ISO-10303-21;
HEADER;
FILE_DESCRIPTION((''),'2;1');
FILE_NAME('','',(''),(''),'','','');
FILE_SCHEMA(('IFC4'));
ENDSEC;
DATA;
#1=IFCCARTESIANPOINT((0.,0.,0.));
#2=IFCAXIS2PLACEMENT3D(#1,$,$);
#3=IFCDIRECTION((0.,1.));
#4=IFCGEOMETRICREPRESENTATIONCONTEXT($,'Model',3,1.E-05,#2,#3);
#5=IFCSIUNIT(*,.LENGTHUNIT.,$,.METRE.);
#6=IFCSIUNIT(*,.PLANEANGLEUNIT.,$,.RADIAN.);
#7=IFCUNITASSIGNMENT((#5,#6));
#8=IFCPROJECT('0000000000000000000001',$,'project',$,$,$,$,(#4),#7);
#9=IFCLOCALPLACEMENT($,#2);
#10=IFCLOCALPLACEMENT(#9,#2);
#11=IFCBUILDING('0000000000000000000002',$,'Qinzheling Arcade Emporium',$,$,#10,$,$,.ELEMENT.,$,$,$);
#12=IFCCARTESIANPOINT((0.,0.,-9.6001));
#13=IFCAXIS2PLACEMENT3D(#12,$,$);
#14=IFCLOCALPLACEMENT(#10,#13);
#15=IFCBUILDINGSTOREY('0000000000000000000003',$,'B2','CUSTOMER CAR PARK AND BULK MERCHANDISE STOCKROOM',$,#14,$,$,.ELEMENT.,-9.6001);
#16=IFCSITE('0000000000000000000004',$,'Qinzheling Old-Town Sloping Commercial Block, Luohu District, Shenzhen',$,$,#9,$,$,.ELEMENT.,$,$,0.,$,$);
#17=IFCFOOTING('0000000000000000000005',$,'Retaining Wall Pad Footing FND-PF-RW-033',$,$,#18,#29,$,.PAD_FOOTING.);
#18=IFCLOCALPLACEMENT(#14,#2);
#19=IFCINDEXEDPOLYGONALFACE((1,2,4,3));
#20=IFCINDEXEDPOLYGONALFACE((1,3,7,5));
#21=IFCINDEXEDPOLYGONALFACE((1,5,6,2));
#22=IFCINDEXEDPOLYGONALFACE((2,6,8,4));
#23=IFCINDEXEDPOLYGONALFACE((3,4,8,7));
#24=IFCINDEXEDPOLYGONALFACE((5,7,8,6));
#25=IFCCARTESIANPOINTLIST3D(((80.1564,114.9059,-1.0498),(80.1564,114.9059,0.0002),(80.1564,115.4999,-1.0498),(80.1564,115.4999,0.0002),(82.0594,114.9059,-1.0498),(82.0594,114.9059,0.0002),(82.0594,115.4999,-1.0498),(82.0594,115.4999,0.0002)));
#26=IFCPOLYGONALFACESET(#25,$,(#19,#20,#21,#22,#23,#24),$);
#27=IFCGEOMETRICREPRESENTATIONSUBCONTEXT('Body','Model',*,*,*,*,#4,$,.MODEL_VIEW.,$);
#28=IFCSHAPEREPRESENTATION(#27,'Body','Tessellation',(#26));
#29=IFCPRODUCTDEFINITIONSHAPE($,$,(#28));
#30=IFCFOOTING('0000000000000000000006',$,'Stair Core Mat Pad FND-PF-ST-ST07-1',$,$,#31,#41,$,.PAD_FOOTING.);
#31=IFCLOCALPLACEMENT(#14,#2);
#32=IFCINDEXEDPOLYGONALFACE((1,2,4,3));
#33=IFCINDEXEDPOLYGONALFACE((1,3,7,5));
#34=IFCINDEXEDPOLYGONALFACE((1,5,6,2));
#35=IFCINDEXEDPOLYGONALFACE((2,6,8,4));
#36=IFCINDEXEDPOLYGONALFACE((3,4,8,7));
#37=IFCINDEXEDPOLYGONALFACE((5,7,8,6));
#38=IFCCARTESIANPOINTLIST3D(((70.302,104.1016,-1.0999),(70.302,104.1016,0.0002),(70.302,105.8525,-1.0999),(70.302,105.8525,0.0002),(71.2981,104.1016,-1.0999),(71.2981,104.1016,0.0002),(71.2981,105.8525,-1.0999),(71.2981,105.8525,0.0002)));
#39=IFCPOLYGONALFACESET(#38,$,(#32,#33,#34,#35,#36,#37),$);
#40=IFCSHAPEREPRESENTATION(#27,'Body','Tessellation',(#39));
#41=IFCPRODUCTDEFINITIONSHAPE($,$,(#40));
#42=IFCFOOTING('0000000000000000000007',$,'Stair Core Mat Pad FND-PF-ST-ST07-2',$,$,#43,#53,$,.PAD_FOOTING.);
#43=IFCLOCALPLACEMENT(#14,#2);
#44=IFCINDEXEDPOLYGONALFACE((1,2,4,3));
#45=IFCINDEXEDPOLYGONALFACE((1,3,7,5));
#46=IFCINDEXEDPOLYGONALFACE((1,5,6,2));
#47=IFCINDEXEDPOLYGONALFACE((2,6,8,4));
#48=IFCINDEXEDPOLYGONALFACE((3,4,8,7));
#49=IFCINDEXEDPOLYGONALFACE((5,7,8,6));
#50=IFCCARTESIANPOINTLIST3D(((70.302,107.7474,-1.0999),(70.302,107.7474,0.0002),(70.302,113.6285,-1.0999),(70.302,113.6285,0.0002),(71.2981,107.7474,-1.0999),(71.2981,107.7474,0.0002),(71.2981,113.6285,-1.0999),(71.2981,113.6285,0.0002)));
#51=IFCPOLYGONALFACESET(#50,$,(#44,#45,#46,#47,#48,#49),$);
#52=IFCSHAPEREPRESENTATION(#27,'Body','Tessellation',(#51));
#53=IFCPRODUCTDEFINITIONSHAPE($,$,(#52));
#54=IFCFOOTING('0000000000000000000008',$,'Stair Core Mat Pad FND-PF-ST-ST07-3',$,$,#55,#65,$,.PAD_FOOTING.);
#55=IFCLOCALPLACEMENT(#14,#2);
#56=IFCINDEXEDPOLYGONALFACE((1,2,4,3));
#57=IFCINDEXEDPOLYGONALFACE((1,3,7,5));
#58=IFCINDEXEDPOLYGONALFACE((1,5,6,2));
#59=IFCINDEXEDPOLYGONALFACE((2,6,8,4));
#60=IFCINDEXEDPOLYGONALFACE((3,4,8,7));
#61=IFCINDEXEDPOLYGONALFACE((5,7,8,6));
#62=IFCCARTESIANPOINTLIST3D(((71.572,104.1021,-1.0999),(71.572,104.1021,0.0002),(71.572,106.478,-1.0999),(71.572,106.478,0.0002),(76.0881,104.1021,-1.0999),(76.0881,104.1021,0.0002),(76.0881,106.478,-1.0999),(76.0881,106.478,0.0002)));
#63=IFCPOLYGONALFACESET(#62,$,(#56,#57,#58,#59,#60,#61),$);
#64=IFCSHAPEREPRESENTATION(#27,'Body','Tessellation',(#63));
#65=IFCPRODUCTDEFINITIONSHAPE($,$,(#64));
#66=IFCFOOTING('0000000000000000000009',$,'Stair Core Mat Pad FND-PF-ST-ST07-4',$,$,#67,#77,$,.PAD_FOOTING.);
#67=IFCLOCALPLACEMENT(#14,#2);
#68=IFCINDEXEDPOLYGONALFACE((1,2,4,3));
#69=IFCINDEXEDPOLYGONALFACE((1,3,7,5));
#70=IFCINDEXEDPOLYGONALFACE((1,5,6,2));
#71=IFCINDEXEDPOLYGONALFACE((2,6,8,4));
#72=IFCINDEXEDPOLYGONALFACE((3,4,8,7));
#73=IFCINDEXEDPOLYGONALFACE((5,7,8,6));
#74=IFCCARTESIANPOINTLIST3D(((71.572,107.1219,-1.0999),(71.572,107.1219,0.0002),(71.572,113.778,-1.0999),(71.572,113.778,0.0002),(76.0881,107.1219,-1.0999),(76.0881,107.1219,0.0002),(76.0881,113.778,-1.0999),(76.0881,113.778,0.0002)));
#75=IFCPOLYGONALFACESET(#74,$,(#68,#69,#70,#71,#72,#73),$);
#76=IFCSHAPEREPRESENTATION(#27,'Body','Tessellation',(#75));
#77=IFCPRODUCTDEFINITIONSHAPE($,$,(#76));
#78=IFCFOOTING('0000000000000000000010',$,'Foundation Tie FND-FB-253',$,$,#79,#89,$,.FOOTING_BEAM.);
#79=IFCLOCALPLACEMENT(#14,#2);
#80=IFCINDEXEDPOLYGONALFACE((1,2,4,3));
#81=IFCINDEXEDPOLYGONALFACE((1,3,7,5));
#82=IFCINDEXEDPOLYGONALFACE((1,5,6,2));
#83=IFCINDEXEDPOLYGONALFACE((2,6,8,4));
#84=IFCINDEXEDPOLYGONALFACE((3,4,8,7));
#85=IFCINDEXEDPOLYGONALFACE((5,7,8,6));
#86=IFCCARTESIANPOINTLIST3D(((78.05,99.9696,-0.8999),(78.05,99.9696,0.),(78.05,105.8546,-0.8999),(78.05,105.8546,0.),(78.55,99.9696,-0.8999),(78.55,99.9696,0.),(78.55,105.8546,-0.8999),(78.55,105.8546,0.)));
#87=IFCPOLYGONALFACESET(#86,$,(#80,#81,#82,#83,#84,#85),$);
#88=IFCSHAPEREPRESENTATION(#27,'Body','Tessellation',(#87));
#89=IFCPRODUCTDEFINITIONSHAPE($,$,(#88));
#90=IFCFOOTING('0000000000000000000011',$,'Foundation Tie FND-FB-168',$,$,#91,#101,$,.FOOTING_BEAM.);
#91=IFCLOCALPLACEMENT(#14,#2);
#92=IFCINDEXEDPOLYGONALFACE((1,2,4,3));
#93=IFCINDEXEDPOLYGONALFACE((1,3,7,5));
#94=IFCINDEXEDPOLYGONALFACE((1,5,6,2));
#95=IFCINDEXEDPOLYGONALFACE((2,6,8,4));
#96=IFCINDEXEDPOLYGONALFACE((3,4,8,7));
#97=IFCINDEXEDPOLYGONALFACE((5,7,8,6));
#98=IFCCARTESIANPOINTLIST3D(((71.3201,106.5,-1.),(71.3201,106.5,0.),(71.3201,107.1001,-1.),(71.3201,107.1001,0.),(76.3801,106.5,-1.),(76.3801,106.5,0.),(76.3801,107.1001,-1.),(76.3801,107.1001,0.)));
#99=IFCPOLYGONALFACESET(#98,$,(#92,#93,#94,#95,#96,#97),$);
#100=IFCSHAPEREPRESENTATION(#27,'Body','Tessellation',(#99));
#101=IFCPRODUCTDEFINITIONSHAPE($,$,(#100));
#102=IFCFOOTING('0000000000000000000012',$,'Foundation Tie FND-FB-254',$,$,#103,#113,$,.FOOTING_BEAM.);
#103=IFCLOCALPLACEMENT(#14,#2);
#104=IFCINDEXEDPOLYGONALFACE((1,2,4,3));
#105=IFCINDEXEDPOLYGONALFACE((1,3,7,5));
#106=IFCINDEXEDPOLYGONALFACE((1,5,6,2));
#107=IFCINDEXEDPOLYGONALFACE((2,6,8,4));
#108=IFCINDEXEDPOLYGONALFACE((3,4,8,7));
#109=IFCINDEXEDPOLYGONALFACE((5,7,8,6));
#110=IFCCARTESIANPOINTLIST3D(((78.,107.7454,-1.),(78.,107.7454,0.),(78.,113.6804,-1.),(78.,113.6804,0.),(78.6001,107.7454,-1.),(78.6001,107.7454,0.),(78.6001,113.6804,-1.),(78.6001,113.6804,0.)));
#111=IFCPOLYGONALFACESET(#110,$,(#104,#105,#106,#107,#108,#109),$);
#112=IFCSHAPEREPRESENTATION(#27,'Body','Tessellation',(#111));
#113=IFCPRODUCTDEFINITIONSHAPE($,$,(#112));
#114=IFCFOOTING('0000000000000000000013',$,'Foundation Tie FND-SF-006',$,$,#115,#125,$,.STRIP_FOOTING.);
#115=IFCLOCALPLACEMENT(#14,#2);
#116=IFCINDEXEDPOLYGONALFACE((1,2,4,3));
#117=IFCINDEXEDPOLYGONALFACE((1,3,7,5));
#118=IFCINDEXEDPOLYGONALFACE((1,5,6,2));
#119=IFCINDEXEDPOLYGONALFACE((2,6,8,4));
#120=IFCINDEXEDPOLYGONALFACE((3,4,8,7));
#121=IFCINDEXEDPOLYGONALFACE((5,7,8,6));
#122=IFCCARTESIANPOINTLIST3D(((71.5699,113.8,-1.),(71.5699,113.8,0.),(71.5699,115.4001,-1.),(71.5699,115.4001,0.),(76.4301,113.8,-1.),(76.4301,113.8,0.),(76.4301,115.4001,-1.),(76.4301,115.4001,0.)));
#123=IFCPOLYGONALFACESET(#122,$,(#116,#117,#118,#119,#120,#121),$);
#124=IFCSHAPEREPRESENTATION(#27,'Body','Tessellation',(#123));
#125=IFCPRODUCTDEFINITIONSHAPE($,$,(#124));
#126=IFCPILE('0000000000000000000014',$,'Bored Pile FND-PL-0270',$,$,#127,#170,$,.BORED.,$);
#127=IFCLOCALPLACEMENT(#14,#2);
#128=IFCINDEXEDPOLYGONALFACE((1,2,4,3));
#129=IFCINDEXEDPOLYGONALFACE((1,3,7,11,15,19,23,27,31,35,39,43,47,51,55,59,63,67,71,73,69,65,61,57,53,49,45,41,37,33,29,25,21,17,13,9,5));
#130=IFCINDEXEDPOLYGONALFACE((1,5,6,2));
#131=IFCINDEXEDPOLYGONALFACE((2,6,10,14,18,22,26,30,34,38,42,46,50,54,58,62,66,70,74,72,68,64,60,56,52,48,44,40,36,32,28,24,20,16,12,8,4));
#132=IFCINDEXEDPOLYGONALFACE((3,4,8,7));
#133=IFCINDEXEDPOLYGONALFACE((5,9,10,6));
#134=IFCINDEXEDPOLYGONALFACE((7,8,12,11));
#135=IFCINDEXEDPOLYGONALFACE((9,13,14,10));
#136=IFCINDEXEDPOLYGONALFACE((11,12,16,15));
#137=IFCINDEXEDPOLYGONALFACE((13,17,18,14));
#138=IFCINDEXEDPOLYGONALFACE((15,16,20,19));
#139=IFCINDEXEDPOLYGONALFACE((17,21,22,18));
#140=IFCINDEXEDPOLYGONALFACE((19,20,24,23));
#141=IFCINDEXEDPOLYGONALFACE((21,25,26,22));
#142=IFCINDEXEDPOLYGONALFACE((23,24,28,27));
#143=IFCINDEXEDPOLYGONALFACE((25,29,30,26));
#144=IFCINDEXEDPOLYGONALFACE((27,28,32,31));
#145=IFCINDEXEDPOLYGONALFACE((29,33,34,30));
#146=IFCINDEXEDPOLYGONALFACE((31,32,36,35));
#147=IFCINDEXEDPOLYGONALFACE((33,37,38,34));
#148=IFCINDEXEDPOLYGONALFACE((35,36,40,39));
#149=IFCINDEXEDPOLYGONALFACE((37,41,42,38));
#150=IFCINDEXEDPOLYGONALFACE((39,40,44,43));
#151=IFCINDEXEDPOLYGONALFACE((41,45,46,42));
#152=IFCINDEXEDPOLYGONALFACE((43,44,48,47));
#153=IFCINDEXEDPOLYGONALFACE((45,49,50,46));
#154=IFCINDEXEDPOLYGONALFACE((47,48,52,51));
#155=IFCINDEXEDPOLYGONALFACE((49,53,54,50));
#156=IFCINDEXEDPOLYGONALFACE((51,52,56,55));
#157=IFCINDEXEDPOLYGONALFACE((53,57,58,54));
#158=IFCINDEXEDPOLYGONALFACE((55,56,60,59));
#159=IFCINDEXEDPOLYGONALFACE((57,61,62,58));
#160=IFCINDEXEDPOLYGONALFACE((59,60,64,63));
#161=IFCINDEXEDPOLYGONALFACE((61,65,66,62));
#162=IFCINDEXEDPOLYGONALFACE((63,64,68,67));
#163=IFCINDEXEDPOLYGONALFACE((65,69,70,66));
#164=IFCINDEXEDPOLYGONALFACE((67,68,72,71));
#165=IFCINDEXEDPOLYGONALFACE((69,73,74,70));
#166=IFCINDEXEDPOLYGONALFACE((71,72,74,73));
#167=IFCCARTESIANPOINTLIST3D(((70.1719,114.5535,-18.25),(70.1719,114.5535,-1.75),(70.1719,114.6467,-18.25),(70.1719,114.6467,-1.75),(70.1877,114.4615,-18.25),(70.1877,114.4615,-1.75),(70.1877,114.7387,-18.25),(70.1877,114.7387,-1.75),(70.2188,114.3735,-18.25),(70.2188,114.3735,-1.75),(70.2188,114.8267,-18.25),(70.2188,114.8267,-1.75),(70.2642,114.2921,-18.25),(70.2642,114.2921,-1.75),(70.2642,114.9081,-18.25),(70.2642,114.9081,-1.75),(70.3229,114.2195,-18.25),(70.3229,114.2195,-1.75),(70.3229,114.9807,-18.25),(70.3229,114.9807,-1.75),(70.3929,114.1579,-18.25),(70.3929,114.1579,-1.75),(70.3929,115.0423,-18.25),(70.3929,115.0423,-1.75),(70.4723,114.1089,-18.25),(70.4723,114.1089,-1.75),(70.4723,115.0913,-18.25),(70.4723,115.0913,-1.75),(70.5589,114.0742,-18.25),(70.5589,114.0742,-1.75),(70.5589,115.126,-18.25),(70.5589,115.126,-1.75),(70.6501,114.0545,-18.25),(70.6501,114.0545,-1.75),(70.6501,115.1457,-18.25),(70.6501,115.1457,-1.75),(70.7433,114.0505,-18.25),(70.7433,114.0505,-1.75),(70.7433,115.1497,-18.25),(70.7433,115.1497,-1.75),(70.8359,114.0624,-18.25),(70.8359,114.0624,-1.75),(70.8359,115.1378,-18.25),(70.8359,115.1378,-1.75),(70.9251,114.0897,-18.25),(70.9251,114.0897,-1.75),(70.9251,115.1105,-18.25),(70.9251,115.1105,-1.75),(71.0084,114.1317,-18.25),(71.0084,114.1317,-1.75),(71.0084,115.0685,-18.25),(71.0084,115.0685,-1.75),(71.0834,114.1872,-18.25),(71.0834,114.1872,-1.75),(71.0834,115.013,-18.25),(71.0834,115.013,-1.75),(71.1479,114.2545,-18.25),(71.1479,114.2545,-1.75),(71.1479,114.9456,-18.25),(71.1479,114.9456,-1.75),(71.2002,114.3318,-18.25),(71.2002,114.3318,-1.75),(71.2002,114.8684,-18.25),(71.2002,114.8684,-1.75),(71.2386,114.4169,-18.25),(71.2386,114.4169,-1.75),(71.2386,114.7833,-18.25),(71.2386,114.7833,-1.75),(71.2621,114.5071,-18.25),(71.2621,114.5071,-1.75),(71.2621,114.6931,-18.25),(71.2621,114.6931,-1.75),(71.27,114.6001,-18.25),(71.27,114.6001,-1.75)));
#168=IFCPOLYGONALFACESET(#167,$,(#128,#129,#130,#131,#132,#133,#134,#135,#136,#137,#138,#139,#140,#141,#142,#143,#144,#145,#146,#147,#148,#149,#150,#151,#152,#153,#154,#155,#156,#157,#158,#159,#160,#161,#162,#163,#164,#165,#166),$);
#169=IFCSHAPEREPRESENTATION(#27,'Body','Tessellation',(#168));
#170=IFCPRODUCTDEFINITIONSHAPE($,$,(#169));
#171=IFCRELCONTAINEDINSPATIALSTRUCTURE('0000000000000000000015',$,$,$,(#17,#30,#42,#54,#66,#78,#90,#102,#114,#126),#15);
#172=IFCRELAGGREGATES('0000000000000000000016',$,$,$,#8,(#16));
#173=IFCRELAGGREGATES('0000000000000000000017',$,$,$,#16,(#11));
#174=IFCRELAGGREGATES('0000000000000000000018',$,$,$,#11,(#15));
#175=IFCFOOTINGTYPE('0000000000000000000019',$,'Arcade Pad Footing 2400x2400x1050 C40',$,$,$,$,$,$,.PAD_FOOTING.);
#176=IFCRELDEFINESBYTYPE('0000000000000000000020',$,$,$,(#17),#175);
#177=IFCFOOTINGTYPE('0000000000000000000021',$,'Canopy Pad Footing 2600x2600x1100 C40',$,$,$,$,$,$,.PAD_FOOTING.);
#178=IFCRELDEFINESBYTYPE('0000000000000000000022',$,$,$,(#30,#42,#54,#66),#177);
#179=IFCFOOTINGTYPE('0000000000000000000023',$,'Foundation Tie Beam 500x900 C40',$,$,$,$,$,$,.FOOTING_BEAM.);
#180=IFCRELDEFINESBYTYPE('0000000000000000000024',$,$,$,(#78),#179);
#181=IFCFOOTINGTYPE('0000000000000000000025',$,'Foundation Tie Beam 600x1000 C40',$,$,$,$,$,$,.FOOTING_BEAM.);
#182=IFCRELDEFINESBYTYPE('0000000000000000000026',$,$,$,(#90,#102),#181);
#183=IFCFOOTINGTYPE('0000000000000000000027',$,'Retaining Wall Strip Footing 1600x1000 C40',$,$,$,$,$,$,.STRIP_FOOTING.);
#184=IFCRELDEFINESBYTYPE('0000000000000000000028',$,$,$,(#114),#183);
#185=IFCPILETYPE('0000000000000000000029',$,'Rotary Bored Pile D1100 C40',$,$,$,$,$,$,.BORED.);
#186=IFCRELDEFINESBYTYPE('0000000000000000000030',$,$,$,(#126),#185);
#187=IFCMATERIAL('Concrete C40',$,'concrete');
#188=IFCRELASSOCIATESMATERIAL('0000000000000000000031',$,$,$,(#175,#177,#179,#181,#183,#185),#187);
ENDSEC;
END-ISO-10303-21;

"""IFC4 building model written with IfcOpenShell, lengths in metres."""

from ifc_helpers import new_model, si_unit, direction, frame, origin, origin_2d, place, context, subcontext, project, spatial, rectangle, circle, extrude, material, material_profile, profile_set, type_object, element, save


model = new_model("IFC4")

# Units and contexts
model_context = context("Model", 3, precision=1e-05, world=origin(), true_north=direction((0.0, 1.0)))
body_context = subcontext(model_context, "Body", "Model", "MODEL_VIEW")
ifc_project = project(units=[si_unit("LENGTHUNIT", "METRE"), si_unit("PLANEANGLEUNIT", "RADIAN")], contexts=[model_context])

# Site, building, storey
site_placement = place(None, origin())
site = spatial("IfcSite", under=ifc_project, at=site_placement, Name="Qinzheling Old-Town Sloping Commercial Block, Luohu District, Shenzhen", CompositionType="ELEMENT", RefElevation=0.0)
building_placement = place(site_placement, origin())
building = spatial("IfcBuilding", under=site, at=building_placement, Name="Qinzheling Arcade Emporium", CompositionType="ELEMENT")
storey_placement = place(building_placement, frame((0.0, 0.0, -9.6001)))
storey = spatial("IfcBuildingStorey", under=building, at=storey_placement, Name="B2", Description="CUSTOMER CAR PARK AND BULK MERCHANDISE STOCKROOM", CompositionType="ELEMENT", Elevation=-9.6001)

# Footings
ifc_material_1 = material(Name="Concrete C40", Category="concrete")
footing_type_1 = type_object("IfcFootingType", Name="Arcade Pad Footing 2400x2400x1050 C40", PredefinedType="PAD_FOOTING", material=ifc_material_1)
footing_1_placement = place(storey_placement, frame((81.1079, 115.2029, -1.0498), z_axis=(0.0, 0.0, 1.0), x_axis=(1.0, 0.0, 0.0)))
element("IfcFooting", 1, at=footing_1_placement, inside=storey, type_object=footing_type_1, Name="Retaining Wall Pad Footing FND-PF-RW-033", PredefinedType="PAD_FOOTING", context=body_context, shape_type="SweptSolid", body=[
    extrude(rectangle(XDim=1.9031, YDim=0.594, at=origin_2d()), origin(), (0.0, 0.0, 1.0), 1.05),
])
footing_type_2 = type_object("IfcFootingType", Name="Canopy Pad Footing 2600x2600x1100 C40", PredefinedType="PAD_FOOTING", material=ifc_material_1)
footing_2_placement = place(storey_placement, frame((70.8, 104.9771, -1.0999), z_axis=(0.0, 0.0, 1.0), x_axis=(1.0, 0.0, 0.0)))
element("IfcFooting", 2, at=footing_2_placement, inside=storey, type_object=footing_type_2, Name="Stair Core Mat Pad FND-PF-ST-ST07-1", PredefinedType="PAD_FOOTING", context=body_context, shape_type="SweptSolid", body=[
    extrude(rectangle(XDim=0.9961, YDim=1.751, at=origin_2d()), origin(), (0.0, 0.0, 1.0), 1.1001),
])
footing_3_placement = place(storey_placement, frame((70.8, 110.688, -1.0999), z_axis=(0.0, 0.0, 1.0), x_axis=(1.0, 0.0, 0.0)))
element("IfcFooting", 3, at=footing_3_placement, inside=storey, type_object=footing_type_2, Name="Stair Core Mat Pad FND-PF-ST-ST07-2", PredefinedType="PAD_FOOTING", context=body_context, shape_type="SweptSolid", body=[
    extrude(rectangle(XDim=0.9961, YDim=5.8811, at=origin_2d()), origin(), (0.0, 0.0, 1.0), 1.1001),
])
footing_4_placement = place(storey_placement, frame((73.8301, 105.29, -1.0999), z_axis=(0.0, 0.0, 1.0), x_axis=(1.0, 0.0, 0.0)))
element("IfcFooting", 4, at=footing_4_placement, inside=storey, type_object=footing_type_2, Name="Stair Core Mat Pad FND-PF-ST-ST07-3", PredefinedType="PAD_FOOTING", context=body_context, shape_type="SweptSolid", body=[
    extrude(rectangle(XDim=4.5161, YDim=2.376, at=origin_2d()), origin(), (0.0, 0.0, 1.0), 1.1001),
])
footing_5_placement = place(storey_placement, frame((73.8301, 110.45, -1.0999), z_axis=(0.0, 0.0, 1.0), x_axis=(1.0, 0.0, 0.0)))
element("IfcFooting", 5, at=footing_5_placement, inside=storey, type_object=footing_type_2, Name="Stair Core Mat Pad FND-PF-ST-ST07-4", PredefinedType="PAD_FOOTING", context=body_context, shape_type="SweptSolid", body=[
    extrude(rectangle(XDim=4.5161, YDim=6.656, at=origin_2d()), origin(), (0.0, 0.0, 1.0), 1.1001),
])
footing_type_3 = type_object("IfcFootingType", Name="Foundation Tie Beam 500x900 C40", PredefinedType="FOOTING_BEAM", material=ifc_material_1)
footing_6_placement = place(storey_placement, frame((78.3, 102.9121, -0.8999), z_axis=(0.0, 0.0, 1.0), x_axis=(1.0, 0.0, 0.0)))
element("IfcFooting", 6, at=footing_6_placement, inside=storey, type_object=footing_type_3, Name="Foundation Tie FND-FB-253", PredefinedType="FOOTING_BEAM", context=body_context, shape_type="SweptSolid", body=[
    extrude(rectangle(XDim=0.5, YDim=5.885, at=origin_2d()), origin(), (0.0, 0.0, 1.0), 0.8999),
])
footing_type_4 = type_object("IfcFootingType", Name="Foundation Tie Beam 600x1000 C40", PredefinedType="FOOTING_BEAM", material=ifc_material_1)
footing_7_placement = place(storey_placement, frame((73.8501, 106.8, -1.0), z_axis=(0.0, 0.0, 1.0), x_axis=(1.0, 0.0, 0.0)))
element("IfcFooting", 7, at=footing_7_placement, inside=storey, type_object=footing_type_4, Name="Foundation Tie FND-FB-168", PredefinedType="FOOTING_BEAM", context=body_context, shape_type="SweptSolid", body=[
    extrude(rectangle(XDim=5.0601, YDim=0.6001, at=origin_2d()), origin(), (0.0, 0.0, 1.0), 1.0),
])
footing_8_placement = place(storey_placement, frame((78.3, 110.7129, -1.0), z_axis=(0.0, 0.0, 1.0), x_axis=(1.0, 0.0, 0.0)))
element("IfcFooting", 8, at=footing_8_placement, inside=storey, type_object=footing_type_4, Name="Foundation Tie FND-FB-254", PredefinedType="FOOTING_BEAM", context=body_context, shape_type="SweptSolid", body=[
    extrude(rectangle(XDim=0.6001, YDim=5.9351, at=origin_2d()), origin(), (0.0, 0.0, 1.0), 1.0),
])
footing_type_5 = type_object("IfcFootingType", Name="Retaining Wall Strip Footing 1600x1000 C40", PredefinedType="STRIP_FOOTING", material=ifc_material_1)
footing_9_placement = place(storey_placement, frame((74.0, 114.6001, -1.0), z_axis=(0.0, 0.0, 1.0), x_axis=(1.0, 0.0, 0.0)))
element("IfcFooting", 9, at=footing_9_placement, inside=storey, type_object=footing_type_5, Name="Foundation Tie FND-SF-006", PredefinedType="STRIP_FOOTING", context=body_context, shape_type="SweptSolid", body=[
    extrude(rectangle(XDim=4.8601, YDim=1.6001, at=origin_2d()), origin(), (0.0, 0.0, 1.0), 1.0),
])

# Pile
ifc_material_profile_1 = material_profile(ifc_material_1, circle(Radius=0.55, at=origin_2d()), Name="BORED D1100", Category="concrete")
ifc_profile_set_1 = profile_set([ifc_material_profile_1], Name="Concrete C40")
pile_type_1 = type_object("IfcPileType", Name="Rotary Bored Pile D1100 C40", PredefinedType="BORED", material=ifc_profile_set_1)
for number, where, z_axis, x_axis, name in (
    (10, (70.72, 114.6001, -1.75), (0.0, 0.0, -1.0), (1.0, 0.0, 0.0), "Bored Pile FND-PL-0270"),
):
    element("IfcPile", number, at=place(storey_placement, frame(where, z_axis=z_axis, x_axis=x_axis)), inside=storey, type_object=pile_type_1, Name=name, PredefinedType="BORED", context=body_context, shape_type="SweptSolid", body=[
        extrude(circle(Radius=0.55, at=origin_2d()), origin(), (0.0, 0.0, 1.0), 16.5),
    ])

save(model, "model.ifc")
